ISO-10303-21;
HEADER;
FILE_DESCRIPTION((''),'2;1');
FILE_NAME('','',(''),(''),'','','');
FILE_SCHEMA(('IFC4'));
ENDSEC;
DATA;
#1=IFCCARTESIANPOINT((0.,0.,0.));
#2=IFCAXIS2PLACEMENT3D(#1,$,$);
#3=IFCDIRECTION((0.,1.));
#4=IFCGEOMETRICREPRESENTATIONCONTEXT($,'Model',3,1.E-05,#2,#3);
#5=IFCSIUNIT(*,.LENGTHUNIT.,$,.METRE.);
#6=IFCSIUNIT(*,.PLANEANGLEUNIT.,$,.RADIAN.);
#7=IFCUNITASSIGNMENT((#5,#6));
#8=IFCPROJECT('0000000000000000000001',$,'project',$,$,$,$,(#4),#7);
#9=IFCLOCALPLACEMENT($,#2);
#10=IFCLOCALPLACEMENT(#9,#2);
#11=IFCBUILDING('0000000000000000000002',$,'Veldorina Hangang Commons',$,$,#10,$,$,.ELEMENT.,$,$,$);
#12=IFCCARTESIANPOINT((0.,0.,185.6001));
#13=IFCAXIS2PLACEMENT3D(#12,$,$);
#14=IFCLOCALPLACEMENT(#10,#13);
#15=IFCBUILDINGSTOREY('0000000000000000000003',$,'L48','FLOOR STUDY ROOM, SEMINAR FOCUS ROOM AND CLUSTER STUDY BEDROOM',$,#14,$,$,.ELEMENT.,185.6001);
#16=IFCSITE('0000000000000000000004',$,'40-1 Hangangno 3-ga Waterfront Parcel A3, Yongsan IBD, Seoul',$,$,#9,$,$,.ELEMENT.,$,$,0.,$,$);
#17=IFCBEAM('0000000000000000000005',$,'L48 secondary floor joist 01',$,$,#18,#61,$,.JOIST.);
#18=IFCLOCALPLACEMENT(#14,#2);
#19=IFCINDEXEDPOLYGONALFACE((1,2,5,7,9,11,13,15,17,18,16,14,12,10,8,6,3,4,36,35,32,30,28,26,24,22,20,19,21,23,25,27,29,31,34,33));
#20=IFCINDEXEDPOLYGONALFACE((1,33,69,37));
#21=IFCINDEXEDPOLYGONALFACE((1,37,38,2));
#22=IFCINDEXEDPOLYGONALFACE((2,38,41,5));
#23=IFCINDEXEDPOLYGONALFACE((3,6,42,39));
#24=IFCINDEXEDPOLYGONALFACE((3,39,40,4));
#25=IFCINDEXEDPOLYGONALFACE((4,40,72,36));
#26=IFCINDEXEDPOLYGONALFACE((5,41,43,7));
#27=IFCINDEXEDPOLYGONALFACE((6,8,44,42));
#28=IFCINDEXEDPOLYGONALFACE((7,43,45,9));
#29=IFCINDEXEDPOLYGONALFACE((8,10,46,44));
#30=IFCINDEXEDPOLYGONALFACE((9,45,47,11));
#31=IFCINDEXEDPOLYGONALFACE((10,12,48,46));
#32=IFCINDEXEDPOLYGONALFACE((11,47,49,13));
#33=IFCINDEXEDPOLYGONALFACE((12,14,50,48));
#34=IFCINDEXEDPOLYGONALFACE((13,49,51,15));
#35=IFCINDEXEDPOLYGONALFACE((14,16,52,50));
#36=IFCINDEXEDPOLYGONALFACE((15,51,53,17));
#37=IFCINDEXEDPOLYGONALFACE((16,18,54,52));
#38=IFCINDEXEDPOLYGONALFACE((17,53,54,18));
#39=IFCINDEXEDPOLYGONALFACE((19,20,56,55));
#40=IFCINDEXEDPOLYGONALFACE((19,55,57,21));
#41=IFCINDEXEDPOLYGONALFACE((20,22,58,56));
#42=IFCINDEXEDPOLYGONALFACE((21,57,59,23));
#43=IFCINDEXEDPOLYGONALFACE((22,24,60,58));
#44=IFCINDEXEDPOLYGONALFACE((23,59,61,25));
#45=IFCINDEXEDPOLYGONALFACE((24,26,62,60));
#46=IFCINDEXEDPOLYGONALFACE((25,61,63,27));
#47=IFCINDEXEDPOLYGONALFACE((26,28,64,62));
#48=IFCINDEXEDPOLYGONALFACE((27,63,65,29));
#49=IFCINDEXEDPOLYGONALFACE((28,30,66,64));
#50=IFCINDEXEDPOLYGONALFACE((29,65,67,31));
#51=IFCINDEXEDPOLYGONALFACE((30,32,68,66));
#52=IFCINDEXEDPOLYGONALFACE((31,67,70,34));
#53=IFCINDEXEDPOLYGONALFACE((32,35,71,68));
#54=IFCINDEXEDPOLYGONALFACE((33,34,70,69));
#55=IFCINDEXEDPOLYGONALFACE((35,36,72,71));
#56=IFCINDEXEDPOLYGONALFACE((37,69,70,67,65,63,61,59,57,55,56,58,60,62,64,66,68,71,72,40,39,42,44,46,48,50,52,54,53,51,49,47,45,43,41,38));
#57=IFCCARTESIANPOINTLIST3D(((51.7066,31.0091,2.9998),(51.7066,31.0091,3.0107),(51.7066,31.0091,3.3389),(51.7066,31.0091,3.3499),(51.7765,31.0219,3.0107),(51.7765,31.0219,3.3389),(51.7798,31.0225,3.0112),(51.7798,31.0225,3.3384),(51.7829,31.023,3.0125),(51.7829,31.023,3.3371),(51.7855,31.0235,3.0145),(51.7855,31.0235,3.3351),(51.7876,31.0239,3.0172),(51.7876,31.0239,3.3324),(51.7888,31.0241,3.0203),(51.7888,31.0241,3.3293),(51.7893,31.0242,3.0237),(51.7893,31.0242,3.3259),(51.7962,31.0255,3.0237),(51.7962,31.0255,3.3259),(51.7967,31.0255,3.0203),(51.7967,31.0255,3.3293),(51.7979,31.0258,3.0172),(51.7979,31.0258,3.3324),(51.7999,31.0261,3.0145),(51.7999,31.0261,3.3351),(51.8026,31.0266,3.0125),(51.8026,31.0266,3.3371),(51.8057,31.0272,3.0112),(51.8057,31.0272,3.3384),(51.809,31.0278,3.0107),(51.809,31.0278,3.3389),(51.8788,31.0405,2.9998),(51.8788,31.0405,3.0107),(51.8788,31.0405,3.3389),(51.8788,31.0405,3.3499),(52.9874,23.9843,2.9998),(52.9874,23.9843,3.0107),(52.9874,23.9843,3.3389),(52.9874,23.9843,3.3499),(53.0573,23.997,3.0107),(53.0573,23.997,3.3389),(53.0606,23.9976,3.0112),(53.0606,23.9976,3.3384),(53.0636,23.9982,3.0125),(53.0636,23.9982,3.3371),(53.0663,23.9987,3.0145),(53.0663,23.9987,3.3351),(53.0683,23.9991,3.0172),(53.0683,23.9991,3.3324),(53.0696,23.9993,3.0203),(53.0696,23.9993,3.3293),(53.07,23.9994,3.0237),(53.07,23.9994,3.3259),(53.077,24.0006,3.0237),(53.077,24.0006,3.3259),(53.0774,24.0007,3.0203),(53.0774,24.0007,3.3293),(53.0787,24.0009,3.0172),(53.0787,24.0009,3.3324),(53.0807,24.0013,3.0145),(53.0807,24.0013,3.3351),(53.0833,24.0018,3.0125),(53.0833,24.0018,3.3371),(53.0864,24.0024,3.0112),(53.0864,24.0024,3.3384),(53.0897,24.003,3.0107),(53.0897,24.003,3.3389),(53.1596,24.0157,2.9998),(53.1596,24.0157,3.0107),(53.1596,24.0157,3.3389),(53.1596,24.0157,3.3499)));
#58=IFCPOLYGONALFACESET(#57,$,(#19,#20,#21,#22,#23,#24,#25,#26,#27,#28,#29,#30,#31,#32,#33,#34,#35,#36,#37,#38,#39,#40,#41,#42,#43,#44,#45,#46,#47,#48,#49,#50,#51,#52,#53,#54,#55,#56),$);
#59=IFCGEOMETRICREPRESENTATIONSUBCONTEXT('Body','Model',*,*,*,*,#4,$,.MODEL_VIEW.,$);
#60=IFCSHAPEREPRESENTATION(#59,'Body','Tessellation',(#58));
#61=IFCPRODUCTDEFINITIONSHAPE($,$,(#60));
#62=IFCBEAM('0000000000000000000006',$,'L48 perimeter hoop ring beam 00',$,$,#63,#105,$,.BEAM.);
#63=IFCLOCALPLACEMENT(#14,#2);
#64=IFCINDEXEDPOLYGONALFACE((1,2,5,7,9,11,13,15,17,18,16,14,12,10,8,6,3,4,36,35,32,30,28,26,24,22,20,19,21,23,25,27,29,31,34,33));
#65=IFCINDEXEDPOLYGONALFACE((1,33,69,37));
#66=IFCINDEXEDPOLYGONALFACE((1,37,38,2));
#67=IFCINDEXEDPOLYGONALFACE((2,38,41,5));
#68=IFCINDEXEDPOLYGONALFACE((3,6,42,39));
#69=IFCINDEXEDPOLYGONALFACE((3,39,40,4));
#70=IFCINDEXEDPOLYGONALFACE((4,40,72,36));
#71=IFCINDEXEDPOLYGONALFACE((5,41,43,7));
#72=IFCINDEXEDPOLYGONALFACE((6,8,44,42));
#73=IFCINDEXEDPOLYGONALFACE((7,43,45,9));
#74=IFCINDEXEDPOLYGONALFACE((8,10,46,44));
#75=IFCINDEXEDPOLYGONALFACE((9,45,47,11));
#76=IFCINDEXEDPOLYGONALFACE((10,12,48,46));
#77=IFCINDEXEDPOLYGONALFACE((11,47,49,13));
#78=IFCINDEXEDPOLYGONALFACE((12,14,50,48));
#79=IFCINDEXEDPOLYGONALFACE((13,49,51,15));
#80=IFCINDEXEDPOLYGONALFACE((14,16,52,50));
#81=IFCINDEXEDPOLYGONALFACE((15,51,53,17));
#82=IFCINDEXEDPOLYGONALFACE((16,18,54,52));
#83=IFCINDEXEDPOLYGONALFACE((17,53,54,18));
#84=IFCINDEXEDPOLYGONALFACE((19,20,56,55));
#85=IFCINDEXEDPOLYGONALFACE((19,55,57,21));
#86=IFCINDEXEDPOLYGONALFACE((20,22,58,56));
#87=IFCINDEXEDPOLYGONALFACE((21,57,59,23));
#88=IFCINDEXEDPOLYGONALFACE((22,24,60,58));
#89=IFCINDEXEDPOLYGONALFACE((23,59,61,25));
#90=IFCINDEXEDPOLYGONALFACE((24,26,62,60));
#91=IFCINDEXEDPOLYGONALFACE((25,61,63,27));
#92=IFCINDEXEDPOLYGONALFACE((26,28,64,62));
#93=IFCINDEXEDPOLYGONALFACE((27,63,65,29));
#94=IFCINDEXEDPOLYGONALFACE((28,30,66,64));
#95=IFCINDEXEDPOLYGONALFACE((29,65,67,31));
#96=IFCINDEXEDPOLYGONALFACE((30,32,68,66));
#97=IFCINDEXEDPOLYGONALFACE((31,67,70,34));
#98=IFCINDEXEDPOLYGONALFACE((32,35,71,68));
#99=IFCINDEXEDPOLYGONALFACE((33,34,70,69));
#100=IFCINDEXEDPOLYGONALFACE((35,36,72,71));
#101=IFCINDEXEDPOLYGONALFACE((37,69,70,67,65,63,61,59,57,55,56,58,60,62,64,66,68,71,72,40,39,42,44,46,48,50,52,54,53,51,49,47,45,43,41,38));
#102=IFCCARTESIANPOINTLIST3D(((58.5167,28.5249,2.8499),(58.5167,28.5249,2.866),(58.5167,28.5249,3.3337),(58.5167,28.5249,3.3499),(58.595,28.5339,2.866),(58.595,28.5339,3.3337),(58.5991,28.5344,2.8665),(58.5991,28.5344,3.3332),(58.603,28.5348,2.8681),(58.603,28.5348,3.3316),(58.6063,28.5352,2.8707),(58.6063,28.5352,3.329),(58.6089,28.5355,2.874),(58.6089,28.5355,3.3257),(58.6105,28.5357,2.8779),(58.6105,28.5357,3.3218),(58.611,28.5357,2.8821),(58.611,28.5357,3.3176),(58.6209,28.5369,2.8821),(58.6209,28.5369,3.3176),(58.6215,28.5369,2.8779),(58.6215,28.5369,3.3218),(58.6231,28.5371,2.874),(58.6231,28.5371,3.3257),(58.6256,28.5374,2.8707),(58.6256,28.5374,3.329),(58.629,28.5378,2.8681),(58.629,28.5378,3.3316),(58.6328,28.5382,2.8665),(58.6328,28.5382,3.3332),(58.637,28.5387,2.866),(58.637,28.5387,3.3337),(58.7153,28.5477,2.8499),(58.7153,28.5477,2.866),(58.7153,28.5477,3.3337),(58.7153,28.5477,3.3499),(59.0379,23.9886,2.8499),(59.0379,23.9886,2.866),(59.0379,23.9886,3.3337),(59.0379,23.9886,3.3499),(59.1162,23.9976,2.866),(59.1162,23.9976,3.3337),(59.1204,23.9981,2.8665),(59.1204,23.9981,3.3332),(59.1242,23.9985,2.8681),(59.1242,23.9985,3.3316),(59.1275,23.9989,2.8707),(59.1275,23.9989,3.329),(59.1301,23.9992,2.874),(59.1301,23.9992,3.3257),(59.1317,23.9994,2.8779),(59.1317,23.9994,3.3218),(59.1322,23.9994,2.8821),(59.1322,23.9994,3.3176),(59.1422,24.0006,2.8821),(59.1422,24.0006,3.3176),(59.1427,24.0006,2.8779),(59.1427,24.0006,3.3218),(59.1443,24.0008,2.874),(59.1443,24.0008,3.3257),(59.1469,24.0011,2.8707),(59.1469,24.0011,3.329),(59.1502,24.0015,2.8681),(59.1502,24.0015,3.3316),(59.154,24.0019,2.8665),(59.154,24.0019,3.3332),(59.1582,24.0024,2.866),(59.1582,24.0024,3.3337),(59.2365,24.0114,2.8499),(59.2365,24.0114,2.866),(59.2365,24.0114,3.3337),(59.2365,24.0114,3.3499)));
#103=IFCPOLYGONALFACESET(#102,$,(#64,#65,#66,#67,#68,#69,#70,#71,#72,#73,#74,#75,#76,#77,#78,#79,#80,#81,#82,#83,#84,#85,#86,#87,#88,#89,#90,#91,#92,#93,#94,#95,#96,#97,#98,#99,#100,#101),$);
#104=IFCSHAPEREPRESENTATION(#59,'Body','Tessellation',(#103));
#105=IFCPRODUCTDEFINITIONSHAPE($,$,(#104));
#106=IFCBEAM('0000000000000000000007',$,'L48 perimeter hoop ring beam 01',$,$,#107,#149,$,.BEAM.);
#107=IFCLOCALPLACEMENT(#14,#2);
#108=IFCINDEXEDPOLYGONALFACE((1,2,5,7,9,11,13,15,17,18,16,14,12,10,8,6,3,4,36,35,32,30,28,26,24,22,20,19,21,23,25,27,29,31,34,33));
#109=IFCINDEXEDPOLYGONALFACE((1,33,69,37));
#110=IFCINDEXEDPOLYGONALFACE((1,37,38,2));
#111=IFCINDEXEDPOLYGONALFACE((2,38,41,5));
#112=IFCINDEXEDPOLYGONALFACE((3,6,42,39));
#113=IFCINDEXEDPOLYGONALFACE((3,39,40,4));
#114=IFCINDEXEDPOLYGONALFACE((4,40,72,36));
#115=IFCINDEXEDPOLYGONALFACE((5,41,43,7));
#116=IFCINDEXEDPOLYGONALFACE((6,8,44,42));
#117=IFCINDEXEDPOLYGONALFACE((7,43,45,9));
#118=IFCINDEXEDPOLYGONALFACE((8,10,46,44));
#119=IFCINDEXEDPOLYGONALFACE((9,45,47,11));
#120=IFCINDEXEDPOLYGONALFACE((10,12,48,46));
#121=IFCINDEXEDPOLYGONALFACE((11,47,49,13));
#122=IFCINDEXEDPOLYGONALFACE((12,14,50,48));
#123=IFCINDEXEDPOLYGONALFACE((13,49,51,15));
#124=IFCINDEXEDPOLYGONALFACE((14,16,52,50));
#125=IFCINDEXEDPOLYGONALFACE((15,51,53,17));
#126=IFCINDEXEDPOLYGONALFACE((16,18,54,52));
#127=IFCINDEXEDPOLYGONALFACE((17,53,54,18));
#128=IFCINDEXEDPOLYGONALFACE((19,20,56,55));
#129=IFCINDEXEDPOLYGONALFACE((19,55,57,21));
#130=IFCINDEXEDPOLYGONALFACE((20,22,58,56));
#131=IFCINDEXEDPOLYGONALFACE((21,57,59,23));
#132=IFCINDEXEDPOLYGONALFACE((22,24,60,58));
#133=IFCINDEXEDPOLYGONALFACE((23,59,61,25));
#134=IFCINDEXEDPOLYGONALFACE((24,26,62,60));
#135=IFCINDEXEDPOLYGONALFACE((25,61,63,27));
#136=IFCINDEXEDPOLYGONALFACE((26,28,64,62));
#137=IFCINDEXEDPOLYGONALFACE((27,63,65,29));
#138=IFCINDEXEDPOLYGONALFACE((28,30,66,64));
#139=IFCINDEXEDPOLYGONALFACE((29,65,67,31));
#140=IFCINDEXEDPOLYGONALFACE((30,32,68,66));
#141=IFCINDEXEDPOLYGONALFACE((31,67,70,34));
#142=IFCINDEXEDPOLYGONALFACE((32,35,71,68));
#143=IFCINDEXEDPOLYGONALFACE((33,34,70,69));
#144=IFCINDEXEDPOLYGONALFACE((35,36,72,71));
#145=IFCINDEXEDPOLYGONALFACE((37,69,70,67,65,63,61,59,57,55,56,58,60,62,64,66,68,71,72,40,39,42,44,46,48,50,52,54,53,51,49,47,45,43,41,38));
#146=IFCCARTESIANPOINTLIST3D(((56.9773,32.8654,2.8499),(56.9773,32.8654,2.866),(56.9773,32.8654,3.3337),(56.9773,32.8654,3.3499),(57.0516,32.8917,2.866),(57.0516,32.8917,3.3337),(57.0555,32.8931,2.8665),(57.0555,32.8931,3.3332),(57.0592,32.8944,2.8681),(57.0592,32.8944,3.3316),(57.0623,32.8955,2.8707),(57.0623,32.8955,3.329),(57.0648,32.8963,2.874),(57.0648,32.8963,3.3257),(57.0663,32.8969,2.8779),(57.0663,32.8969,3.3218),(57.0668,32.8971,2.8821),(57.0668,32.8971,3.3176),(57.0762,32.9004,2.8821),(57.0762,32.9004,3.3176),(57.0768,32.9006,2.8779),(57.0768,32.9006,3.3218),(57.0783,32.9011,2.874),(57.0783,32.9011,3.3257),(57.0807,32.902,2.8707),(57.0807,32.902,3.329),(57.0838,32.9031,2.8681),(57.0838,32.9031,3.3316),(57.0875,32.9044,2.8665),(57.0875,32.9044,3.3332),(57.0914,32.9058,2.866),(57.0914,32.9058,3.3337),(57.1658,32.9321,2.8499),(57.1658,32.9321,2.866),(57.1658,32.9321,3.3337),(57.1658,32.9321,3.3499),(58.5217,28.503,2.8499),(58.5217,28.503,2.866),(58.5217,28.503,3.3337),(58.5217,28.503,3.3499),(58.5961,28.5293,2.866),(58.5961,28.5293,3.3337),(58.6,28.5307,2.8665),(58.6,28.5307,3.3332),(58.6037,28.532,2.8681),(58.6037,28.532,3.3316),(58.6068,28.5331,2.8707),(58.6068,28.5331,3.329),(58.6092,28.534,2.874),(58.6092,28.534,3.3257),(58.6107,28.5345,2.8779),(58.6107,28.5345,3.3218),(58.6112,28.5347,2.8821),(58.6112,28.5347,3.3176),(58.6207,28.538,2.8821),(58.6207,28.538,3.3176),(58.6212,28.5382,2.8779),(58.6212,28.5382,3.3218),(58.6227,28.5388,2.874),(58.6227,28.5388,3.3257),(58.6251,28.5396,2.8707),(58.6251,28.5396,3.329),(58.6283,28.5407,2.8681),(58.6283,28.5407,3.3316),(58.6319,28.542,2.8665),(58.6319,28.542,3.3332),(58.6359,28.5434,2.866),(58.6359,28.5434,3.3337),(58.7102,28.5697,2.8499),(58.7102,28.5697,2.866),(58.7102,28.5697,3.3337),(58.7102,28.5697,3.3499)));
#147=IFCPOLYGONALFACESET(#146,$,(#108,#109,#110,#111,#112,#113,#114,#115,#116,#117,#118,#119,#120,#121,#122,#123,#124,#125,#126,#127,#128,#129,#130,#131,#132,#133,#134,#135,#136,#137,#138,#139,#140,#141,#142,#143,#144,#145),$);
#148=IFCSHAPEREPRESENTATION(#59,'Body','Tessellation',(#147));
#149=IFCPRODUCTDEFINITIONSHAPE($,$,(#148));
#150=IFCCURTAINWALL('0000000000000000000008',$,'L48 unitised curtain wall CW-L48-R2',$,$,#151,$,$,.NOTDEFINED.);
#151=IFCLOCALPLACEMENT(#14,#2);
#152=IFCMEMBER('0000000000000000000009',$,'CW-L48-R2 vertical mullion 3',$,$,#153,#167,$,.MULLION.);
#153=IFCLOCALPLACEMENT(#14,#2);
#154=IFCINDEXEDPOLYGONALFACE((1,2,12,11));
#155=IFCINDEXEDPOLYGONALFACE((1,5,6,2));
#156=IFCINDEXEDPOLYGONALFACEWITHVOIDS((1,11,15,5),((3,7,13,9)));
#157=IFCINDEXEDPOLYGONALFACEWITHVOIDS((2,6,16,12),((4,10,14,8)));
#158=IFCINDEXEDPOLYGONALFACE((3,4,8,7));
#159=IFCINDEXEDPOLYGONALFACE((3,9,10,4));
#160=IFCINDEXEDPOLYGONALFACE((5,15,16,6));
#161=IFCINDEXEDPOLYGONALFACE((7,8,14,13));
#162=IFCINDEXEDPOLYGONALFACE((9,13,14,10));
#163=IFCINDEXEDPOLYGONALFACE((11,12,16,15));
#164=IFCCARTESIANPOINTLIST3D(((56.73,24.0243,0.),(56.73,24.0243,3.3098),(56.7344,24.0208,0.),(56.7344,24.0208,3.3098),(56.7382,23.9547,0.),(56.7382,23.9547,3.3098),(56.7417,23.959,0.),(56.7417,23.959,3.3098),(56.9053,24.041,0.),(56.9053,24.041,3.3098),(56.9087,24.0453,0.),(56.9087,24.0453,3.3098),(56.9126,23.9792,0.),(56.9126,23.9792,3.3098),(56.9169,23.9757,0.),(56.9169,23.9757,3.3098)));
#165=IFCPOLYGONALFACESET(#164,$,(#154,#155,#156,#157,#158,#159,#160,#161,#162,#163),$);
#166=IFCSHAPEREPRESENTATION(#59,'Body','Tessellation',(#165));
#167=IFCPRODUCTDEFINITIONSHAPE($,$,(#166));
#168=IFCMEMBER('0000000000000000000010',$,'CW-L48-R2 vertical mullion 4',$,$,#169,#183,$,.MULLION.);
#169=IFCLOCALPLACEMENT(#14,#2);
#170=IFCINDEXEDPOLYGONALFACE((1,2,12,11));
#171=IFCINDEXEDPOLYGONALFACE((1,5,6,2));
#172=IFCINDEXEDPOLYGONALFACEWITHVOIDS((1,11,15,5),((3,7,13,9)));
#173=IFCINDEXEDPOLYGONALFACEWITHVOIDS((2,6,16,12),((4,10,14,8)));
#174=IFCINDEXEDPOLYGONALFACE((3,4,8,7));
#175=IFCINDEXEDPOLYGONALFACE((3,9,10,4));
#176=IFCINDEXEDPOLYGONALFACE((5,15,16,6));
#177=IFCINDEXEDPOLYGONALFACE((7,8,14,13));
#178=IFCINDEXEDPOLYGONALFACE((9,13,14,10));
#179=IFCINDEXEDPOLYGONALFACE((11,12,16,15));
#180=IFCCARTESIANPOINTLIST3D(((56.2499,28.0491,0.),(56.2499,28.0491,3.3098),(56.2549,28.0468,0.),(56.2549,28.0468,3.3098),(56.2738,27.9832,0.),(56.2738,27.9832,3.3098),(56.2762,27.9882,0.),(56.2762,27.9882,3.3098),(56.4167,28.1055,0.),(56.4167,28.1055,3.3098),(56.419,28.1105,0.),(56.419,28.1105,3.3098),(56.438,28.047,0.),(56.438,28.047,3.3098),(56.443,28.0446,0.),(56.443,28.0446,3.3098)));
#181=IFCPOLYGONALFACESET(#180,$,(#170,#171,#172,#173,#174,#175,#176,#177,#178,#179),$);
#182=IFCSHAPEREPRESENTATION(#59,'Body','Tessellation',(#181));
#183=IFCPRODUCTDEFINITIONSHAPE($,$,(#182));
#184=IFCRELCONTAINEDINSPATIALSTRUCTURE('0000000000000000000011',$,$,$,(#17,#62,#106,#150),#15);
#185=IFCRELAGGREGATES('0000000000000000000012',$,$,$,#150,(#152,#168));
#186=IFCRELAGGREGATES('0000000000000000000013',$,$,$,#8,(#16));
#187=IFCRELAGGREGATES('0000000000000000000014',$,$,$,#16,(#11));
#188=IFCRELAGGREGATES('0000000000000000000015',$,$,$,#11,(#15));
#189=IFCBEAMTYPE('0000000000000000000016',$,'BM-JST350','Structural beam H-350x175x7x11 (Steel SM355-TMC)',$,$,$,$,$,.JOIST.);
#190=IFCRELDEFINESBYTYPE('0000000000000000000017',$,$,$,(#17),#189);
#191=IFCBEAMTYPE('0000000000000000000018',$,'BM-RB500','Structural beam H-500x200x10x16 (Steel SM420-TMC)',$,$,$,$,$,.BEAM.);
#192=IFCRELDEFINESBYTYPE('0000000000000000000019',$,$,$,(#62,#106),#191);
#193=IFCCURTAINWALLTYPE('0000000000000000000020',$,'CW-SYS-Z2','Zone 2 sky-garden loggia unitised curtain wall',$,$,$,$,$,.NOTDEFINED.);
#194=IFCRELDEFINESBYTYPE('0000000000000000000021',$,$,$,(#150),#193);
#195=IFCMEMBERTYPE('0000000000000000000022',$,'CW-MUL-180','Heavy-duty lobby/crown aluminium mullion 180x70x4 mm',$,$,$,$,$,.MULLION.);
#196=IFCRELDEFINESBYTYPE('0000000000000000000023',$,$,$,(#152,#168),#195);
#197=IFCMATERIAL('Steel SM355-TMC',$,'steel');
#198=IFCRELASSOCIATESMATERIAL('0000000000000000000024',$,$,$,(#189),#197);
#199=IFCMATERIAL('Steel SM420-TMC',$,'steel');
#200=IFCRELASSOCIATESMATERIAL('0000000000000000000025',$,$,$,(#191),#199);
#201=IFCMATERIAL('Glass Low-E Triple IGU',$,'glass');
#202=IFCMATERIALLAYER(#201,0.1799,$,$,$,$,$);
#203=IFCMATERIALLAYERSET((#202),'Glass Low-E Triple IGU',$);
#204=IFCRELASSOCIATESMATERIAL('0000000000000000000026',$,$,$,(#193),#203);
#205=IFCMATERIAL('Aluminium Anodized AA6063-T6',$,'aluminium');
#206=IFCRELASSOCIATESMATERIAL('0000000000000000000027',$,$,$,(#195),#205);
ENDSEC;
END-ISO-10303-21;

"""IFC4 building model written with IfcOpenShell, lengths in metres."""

from ifc_helpers import new_model, si_unit, direction, frame, origin, origin_2d, place, context, subcontext, project, spatial, hollow_rectangle, i_section, extrude, material, layer, layer_set, material_profile, profile_set, type_object, element, aggregate, save


model = new_model("IFC4")

# Units and contexts
model_context = context("Model", 3, precision=1e-05, world=origin(), true_north=direction((0.0, 1.0)))
body_context = subcontext(model_context, "Body", "Model", "MODEL_VIEW")
ifc_project = project(units=[si_unit("LENGTHUNIT", "METRE"), si_unit("PLANEANGLEUNIT", "RADIAN")], contexts=[model_context])

# Site, building, storey
site_placement = place(None, origin())
site = spatial("IfcSite", under=ifc_project, at=site_placement, Name="40-1 Hangangno 3-ga Waterfront Parcel A3, Yongsan IBD, Seoul", CompositionType="ELEMENT", RefElevation=0.0)
building_placement = place(site_placement, origin())
building = spatial("IfcBuilding", under=site, at=building_placement, Name="Veldorina Hangang Commons", CompositionType="ELEMENT")
storey_placement = place(building_placement, frame((0.0, 0.0, 185.6001)))
storey = spatial("IfcBuildingStorey", under=building, at=storey_placement, Name="L48", Description="FLOOR STUDY ROOM, SEMINAR FOCUS ROOM AND CLUSTER STUDY BEDROOM", CompositionType="ELEMENT", Elevation=185.6001)

# Beams
ifc_material_1 = material(Name="Steel SM355-TMC", Category="steel")
ifc_material_profile_1 = material_profile(ifc_material_1, i_section(OverallWidth=0.175, OverallDepth=0.3501, WebThickness=0.0071, FlangeThickness=0.011, FilletRadius=0.0129, at=origin_2d()), Name="H-350x175x7x11")
ifc_profile_set_1 = profile_set([ifc_material_profile_1], Name="Steel SM355-TMC")
beam_type_1 = type_object("IfcBeamType", Name="BM-JST350", Description="Structural beam H-350x175x7x11 (Steel SM355-TMC)", PredefinedType="JOIST", material=ifc_profile_set_1)
beam_1_placement = place(storey_placement, frame((53.0735, 24.0, 3.1748), z_axis=(-0.179361, 0.983783, 0.0), x_axis=(-0.983783, -0.179361, 0.0)))
element("IfcBeam", 1, at=beam_1_placement, inside=storey, type_object=beam_type_1, Name="L48 secondary floor joist 01", PredefinedType="JOIST", context=body_context, shape_type="SweptSolid", body=[
    extrude(i_section(OverallWidth=0.175, OverallDepth=0.3501, WebThickness=0.0071, FlangeThickness=0.011, FilletRadius=0.0129, at=origin_2d()), origin(), (0.0, 0.0, 1.0), 7.1406),
])
ifc_material_2 = material(Name="Steel SM420-TMC", Category="steel")
ifc_material_profile_2 = material_profile(ifc_material_2, i_section(OverallWidth=0.2, OverallDepth=0.5, WebThickness=0.01, FlangeThickness=0.0161, FilletRadius=0.0161, at=origin_2d()), Name="H-500x200x10x16")
ifc_profile_set_2 = profile_set([ifc_material_profile_2], Name="Steel SM420-TMC")
beam_type_2 = type_object("IfcBeamType", Name="BM-RB500", Description="Structural beam H-500x200x10x16 (Steel SM420-TMC)", PredefinedType="BEAM", material=ifc_profile_set_2)
beam_2_placement = place(storey_placement, frame((59.1372, 24.0, 3.0999), z_axis=(-0.114151, 0.993463, 0.0), x_axis=(-0.993463, -0.114151, 0.0)))
element("IfcBeam", 2, at=beam_2_placement, inside=storey, type_object=beam_type_2, Name="L48 perimeter hoop ring beam 00", PredefinedType="BEAM", context=body_context, shape_type="SweptSolid", body=[
    extrude(i_section(OverallWidth=0.2, OverallDepth=0.5, WebThickness=0.01, FlangeThickness=0.0161, FilletRadius=0.0161, at=origin_2d()), origin(), (0.0, 0.0, 1.0), 4.5662),
])
beam_3_placement = place(storey_placement, frame((58.616, 28.5364, 3.0999), z_axis=(-0.333742, 0.942665, 0.0), x_axis=(-0.942665, -0.333742, 0.0)))
element("IfcBeam", 3, at=beam_3_placement, inside=storey, type_object=beam_type_2, Name="L48 perimeter hoop ring beam 01", PredefinedType="BEAM", context=body_context, shape_type="SweptSolid", body=[
    extrude(i_section(OverallWidth=0.2, OverallDepth=0.5, WebThickness=0.01, FlangeThickness=0.0161, FilletRadius=0.0161, at=origin_2d()), origin(), (0.0, 0.0, 1.0), 4.6277),
])

# Curtain wall, members
ifc_material_3 = material(Name="Glass Low-E Triple IGU", Category="glass")
ifc_layer_1 = layer(ifc_material_3, 0.1799)
ifc_layer_set_1 = layer_set([ifc_layer_1], Name="Glass Low-E Triple IGU")
curtain_wall_type = type_object("IfcCurtainWallType", Name="CW-SYS-Z2", Description="Zone 2 sky-garden loggia unitised curtain wall", PredefinedType="NOTDEFINED", material=ifc_layer_set_1)
curtain_wall_placement = place(storey_placement, origin())
curtain_wall = element("IfcCurtainWall", 4, at=curtain_wall_placement, inside=storey, type_object=curtain_wall_type, Name="L48 unitised curtain wall CW-L48-R2", PredefinedType="NOTDEFINED")
ifc_material_4 = material(Name="Aluminium Anodized AA6063-T6", Category="aluminium")
ifc_material_profile_3 = material_profile(ifc_material_4, hollow_rectangle(XDim=0.0701, YDim=0.1799, WallThickness=0.0039, at=origin_2d()), Name="ALU-RHS-180x70x4")
ifc_profile_set_3 = profile_set([ifc_material_profile_3], Name="Aluminium Anodized AA6063-T6")
member_type_1 = type_object("IfcMemberType", Name="CW-MUL-180", Description="Heavy-duty lobby/crown aluminium mullion 180x70x4 mm", PredefinedType="MULLION", material=ifc_profile_set_3)
member_1_placement = place(storey_placement, frame((56.8235, 24.0, 0.0), z_axis=(0.0, 0.0, 1.0), x_axis=(-0.117052, 0.993126, 0.0)))
member_1 = element("IfcMember", 5, at=member_1_placement, type_object=member_type_1, Name="CW-L48-R2 vertical mullion 3", PredefinedType="MULLION", context=body_context, shape_type="SweptSolid", body=[
    extrude(hollow_rectangle(XDim=0.0701, YDim=0.1799, WallThickness=0.0039, at=origin_2d()), origin(), (0.0, 0.0, 1.0), 3.3098),
])
member_2_placement = place(storey_placement, frame((56.3464, 28.0469, 0.0), z_axis=(0.0, 0.0, 1.0), x_axis=(-0.341233, 0.939979, 0.0)))
member_2 = element("IfcMember", 6, at=member_2_placement, type_object=member_type_1, Name="CW-L48-R2 vertical mullion 4", PredefinedType="MULLION", context=body_context, shape_type="SweptSolid", body=[
    extrude(hollow_rectangle(XDim=0.0701, YDim=0.1799, WallThickness=0.0039, at=origin_2d()), origin(), (0.0, 0.0, 1.0), 3.3098),
])

aggregate(curtain_wall, [member_1, member_2])

save(model, "model.ifc")
